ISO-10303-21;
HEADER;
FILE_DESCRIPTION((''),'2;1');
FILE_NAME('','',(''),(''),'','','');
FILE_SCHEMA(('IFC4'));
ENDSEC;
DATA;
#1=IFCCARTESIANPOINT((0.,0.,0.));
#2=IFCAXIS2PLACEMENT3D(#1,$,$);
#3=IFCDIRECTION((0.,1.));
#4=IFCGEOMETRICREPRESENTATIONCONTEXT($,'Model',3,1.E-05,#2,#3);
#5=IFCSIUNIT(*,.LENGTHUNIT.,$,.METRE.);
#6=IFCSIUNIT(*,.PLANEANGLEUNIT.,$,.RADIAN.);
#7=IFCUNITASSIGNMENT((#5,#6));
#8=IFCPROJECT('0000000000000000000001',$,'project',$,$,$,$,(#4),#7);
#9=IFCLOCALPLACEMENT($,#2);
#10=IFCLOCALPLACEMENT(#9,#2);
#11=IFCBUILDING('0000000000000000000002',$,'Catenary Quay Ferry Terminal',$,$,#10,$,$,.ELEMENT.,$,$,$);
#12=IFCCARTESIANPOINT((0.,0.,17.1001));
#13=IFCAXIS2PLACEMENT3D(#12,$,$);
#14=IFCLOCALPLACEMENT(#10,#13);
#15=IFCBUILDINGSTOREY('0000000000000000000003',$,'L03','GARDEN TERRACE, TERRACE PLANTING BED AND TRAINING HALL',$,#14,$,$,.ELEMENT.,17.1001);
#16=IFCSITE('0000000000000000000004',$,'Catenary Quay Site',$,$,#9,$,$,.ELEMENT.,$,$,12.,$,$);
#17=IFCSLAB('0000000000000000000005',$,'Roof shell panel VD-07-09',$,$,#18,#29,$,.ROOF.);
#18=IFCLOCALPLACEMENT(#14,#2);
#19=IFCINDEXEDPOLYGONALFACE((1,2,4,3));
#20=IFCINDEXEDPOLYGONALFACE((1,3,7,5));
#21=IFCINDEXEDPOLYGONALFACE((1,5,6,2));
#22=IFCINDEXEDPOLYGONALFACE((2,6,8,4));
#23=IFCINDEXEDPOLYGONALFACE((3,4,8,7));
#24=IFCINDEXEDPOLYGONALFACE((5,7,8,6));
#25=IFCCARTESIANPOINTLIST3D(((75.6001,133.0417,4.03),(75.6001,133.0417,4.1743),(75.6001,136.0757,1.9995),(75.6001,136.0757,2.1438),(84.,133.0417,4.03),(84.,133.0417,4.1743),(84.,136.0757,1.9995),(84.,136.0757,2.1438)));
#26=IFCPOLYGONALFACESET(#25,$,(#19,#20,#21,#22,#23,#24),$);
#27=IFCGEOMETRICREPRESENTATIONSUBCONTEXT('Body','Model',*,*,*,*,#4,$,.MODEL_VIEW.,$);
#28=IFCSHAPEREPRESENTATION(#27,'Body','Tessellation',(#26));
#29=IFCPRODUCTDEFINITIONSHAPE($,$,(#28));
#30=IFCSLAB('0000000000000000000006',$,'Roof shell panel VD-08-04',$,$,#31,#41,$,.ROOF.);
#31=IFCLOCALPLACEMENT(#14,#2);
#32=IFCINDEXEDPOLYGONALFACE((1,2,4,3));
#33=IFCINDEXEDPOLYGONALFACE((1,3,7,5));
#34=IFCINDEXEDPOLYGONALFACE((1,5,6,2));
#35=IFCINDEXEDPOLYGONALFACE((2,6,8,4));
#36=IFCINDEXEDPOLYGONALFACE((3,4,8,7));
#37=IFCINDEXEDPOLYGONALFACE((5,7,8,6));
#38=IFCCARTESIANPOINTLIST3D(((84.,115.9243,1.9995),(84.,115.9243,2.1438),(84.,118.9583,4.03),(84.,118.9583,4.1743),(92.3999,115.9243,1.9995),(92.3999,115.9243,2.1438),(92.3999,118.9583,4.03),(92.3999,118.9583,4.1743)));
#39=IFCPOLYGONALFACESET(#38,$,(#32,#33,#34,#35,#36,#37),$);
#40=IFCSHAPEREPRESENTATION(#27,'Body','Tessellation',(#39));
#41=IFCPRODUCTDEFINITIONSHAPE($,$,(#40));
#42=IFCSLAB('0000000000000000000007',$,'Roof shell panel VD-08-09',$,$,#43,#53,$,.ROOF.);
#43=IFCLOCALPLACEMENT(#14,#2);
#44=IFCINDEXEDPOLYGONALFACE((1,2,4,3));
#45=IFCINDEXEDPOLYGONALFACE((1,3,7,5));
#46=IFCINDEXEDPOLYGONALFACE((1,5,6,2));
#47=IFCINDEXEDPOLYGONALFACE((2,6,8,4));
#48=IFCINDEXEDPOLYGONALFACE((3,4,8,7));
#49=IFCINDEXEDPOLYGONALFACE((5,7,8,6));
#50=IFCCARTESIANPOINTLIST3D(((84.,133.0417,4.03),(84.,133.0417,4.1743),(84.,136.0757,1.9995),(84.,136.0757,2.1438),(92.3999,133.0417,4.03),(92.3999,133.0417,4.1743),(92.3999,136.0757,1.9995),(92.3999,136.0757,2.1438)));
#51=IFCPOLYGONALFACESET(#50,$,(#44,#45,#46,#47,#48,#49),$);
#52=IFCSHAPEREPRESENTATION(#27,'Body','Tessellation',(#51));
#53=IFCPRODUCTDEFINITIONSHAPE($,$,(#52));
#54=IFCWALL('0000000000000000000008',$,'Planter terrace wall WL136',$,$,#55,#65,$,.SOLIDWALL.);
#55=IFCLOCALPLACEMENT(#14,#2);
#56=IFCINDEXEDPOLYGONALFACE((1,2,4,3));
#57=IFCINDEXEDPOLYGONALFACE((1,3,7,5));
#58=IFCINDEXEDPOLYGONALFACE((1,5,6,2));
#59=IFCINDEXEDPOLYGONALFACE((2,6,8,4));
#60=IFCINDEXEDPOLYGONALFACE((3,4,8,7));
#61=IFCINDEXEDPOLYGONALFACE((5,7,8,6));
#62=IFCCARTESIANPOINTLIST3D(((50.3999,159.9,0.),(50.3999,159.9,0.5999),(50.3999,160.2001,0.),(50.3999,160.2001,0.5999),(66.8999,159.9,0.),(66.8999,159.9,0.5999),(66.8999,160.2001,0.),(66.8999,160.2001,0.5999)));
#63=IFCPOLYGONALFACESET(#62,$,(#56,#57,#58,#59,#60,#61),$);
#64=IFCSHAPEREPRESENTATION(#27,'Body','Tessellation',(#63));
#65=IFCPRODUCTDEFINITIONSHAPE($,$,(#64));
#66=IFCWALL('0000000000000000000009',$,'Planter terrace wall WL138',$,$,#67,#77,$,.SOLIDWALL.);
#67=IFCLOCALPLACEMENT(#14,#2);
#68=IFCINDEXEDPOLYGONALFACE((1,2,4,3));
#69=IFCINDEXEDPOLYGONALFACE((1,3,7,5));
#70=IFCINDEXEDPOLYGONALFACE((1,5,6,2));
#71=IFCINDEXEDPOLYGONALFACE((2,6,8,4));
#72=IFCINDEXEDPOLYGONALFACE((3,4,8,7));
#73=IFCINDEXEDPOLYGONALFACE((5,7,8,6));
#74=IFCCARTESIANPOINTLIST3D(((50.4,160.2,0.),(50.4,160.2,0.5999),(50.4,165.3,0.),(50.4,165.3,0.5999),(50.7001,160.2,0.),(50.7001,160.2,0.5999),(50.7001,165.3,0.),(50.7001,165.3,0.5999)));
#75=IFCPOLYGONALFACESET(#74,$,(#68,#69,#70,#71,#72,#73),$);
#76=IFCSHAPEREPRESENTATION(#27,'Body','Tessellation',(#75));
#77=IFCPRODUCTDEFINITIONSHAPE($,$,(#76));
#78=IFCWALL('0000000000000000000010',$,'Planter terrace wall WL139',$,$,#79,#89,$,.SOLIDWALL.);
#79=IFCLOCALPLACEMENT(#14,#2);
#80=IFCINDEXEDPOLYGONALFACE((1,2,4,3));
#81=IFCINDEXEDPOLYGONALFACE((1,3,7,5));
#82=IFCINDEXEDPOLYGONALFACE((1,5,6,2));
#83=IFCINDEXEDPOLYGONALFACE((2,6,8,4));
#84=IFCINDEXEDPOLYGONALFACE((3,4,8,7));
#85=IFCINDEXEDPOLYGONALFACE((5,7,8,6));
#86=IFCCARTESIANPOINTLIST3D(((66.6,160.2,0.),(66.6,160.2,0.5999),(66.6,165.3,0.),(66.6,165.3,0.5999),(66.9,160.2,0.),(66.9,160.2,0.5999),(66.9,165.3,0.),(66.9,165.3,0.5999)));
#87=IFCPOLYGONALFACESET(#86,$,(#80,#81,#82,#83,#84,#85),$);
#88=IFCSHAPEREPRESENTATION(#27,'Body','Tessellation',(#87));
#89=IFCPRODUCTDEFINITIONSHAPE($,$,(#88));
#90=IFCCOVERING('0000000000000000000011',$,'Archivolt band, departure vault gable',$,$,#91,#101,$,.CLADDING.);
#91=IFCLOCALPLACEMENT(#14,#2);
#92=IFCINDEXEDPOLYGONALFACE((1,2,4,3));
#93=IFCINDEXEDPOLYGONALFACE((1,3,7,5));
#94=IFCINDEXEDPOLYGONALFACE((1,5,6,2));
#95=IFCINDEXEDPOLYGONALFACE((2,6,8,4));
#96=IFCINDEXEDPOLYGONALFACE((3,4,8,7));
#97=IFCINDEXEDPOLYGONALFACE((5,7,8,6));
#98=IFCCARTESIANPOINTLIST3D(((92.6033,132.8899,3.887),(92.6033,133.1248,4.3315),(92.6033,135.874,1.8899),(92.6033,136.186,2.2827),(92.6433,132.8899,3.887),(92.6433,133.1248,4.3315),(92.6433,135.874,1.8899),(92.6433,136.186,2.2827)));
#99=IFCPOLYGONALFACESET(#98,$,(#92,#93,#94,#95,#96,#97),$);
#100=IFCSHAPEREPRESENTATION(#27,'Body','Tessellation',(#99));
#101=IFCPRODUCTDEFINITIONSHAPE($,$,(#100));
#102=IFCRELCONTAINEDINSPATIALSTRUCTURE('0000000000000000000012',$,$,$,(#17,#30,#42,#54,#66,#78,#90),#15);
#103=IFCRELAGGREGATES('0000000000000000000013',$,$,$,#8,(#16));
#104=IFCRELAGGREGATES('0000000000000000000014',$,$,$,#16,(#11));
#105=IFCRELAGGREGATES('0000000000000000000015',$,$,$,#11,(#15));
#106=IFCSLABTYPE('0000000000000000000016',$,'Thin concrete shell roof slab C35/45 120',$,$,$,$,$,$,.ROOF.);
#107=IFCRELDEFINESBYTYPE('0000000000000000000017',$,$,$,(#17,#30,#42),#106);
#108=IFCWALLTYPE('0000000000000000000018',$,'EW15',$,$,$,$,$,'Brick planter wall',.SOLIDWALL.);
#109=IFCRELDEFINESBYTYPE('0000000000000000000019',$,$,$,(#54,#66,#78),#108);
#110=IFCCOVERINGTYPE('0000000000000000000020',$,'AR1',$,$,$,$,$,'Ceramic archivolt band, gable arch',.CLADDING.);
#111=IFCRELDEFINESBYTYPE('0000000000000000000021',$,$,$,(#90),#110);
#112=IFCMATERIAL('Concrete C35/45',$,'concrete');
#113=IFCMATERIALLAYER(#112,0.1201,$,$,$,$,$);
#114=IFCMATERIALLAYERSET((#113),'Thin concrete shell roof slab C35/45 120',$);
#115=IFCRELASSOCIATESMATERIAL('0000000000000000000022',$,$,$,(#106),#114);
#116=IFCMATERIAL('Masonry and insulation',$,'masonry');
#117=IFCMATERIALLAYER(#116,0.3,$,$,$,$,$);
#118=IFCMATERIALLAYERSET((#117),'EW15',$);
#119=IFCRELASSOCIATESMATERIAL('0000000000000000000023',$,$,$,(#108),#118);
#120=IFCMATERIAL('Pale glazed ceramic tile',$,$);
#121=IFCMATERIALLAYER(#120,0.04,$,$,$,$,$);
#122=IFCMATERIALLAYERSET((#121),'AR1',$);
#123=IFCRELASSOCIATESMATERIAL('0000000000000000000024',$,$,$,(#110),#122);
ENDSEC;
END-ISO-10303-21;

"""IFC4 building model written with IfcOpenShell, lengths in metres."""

from ifc_helpers import new_model, si_unit, direction, frame, frame_2d, origin, place, context, subcontext, project, spatial, polyline, rectangle, outline, extrude, material, layer, layer_set, type_object, element, save


model = new_model("IFC4")

# Units and contexts
model_context = context("Model", 3, precision=1e-05, world=origin(), true_north=direction((0.0, 1.0)))
body_context = subcontext(model_context, "Body", "Model", "MODEL_VIEW")
ifc_project = project(units=[si_unit("LENGTHUNIT", "METRE"), si_unit("PLANEANGLEUNIT", "RADIAN")], contexts=[model_context])

# Site, building, storey
site_placement = place(None, origin())
site = spatial("IfcSite", under=ifc_project, at=site_placement, Name="Catenary Quay Site", CompositionType="ELEMENT", RefElevation=12.0)
building_placement = place(site_placement, origin())
building = spatial("IfcBuilding", under=site, at=building_placement, Name="Catenary Quay Ferry Terminal", CompositionType="ELEMENT")
storey_placement = place(building_placement, frame((0.0, 0.0, 17.1001)))
storey = spatial("IfcBuildingStorey", under=building, at=storey_placement, Name="L03", Description="GARDEN TERRACE, TERRACE PLANTING BED AND TRAINING HALL", CompositionType="ELEMENT", Elevation=17.1001)

# Slabs
ifc_material_1 = material(Name="Concrete C35/45", Category="concrete")
ifc_layer_1 = layer(ifc_material_1, 0.1201)
ifc_layer_set_1 = layer_set([ifc_layer_1], Name="Thin concrete shell roof slab C35/45 120")
slab_type = type_object("IfcSlabType", Name="Thin concrete shell roof slab C35/45 120", PredefinedType="ROOF", material=ifc_layer_set_1)
slab_1_placement = place(storey_placement, frame((75.6001, 133.0417, 4.1743), z_axis=(0.0, 0.556196, 0.831051), x_axis=(1.0, 0.0, 0.0)))
element("IfcSlab", 1, at=slab_1_placement, inside=storey, type_object=slab_type, Name="Roof shell panel VD-07-09", PredefinedType="ROOF", context=body_context, shape_type="SweptSolid", body=[
    extrude(outline(polyline([(0.0, 0.0), (8.3999, 0.0), (8.3999, 3.6507), (0.0, 3.6507), (0.0, 0.0)])), origin(), (0.0, 0.556196, -0.831051), 0.1443),
])
slab_2_placement = place(storey_placement, frame((84.0, 115.9243, 2.1438), z_axis=(0.0, -0.556196, 0.831051), x_axis=(1.0, 0.0, 0.0)))
element("IfcSlab", 2, at=slab_2_placement, inside=storey, type_object=slab_type, Name="Roof shell panel VD-08-04", PredefinedType="ROOF", context=body_context, shape_type="SweptSolid", body=[
    extrude(outline(polyline([(0.0, 0.0), (8.3999, 0.0), (8.3999, 3.6507), (0.0, 3.6507), (0.0, 0.0)])), origin(), (0.0, -0.556196, -0.831051), 0.1443),
])
slab_3_placement = place(storey_placement, frame((84.0, 133.0417, 4.1743), z_axis=(0.0, 0.556196, 0.831051), x_axis=(1.0, 0.0, 0.0)))
element("IfcSlab", 3, at=slab_3_placement, inside=storey, type_object=slab_type, Name="Roof shell panel VD-08-09", PredefinedType="ROOF", context=body_context, shape_type="SweptSolid", body=[
    extrude(outline(polyline([(0.0, 0.0), (8.3999, 0.0), (8.3999, 3.6507), (0.0, 3.6507), (0.0, 0.0)])), origin(), (0.0, 0.556196, -0.831051), 0.1443),
])

# Walls
ifc_material_2 = material(Name="Masonry and insulation", Category="masonry")
ifc_layer_2 = layer(ifc_material_2, 0.3)
ifc_layer_set_2 = layer_set([ifc_layer_2], Name="EW15")
wall_type = type_object("IfcWallType", Name="EW15", ElementType="Brick planter wall", PredefinedType="SOLIDWALL", material=ifc_layer_set_2)
wall_placement = place(storey_placement, frame((50.3999, 160.05, 0.0), z_axis=(0.0, 0.0, 1.0), x_axis=(1.0, 0.0, 0.0)))
element("IfcWall", 4, at=wall_placement, inside=storey, type_object=wall_type, Name="Planter terrace wall WL136", PredefinedType="SOLIDWALL", context=body_context, shape_type="SweptSolid", body=[
    extrude(rectangle(XDim=16.5, YDim=0.3, at=frame_2d((8.25, 0.0))), origin(), (0.0, 0.0, 1.0), 0.5999),
])
for number, where, z_axis, x_axis, name in (
    (5, (50.55, 160.2, 0.0), (0.0, 0.0, 1.0), (0.0, 1.0, 0.0), "Planter terrace wall WL138"),
    (6, (66.75, 160.2, 0.0), (0.0, 0.0, 1.0), (0.0, 1.0, 0.0), "Planter terrace wall WL139"),
):
    element("IfcWall", number, at=place(storey_placement, frame(where, z_axis=z_axis, x_axis=x_axis)), inside=storey, type_object=wall_type, Name=name, PredefinedType="SOLIDWALL", context=body_context, shape_type="SweptSolid", body=[
        extrude(rectangle(XDim=5.1001, YDim=0.3, at=frame_2d((2.55, 0.0))), origin(), (0.0, 0.0, 1.0), 0.5999),
    ])

# Covering
ifc_material_3 = material(Name="Pale glazed ceramic tile")
ifc_layer_3 = layer(ifc_material_3, 0.04)
ifc_layer_set_3 = layer_set([ifc_layer_3], Name="AR1")
covering_type = type_object("IfcCoveringType", Name="AR1", ElementType="Ceramic archivolt band, gable arch", PredefinedType="CLADDING", material=ifc_layer_set_3)
covering_placement = place(storey_placement, frame((92.6033, 133.1248, 4.3315), z_axis=(-1.0, 0.0, 0.0), x_axis=(0.0, 0.83105, -0.556198)))
element("IfcCovering", 7, at=covering_placement, inside=storey, type_object=covering_type, Name="Archivolt band, departure vault gable", PredefinedType="CLADDING", context=body_context, shape_type="SweptSolid", body=[
    extrude(outline(polyline([(0.0, 0.0), (3.6836, 0.0), (3.6428, 0.5), (0.0521, 0.5001), (0.0, 0.0)])), origin(), (0.0, 0.0, -1.0), 0.04),
])

save(model, "model.ifc")
